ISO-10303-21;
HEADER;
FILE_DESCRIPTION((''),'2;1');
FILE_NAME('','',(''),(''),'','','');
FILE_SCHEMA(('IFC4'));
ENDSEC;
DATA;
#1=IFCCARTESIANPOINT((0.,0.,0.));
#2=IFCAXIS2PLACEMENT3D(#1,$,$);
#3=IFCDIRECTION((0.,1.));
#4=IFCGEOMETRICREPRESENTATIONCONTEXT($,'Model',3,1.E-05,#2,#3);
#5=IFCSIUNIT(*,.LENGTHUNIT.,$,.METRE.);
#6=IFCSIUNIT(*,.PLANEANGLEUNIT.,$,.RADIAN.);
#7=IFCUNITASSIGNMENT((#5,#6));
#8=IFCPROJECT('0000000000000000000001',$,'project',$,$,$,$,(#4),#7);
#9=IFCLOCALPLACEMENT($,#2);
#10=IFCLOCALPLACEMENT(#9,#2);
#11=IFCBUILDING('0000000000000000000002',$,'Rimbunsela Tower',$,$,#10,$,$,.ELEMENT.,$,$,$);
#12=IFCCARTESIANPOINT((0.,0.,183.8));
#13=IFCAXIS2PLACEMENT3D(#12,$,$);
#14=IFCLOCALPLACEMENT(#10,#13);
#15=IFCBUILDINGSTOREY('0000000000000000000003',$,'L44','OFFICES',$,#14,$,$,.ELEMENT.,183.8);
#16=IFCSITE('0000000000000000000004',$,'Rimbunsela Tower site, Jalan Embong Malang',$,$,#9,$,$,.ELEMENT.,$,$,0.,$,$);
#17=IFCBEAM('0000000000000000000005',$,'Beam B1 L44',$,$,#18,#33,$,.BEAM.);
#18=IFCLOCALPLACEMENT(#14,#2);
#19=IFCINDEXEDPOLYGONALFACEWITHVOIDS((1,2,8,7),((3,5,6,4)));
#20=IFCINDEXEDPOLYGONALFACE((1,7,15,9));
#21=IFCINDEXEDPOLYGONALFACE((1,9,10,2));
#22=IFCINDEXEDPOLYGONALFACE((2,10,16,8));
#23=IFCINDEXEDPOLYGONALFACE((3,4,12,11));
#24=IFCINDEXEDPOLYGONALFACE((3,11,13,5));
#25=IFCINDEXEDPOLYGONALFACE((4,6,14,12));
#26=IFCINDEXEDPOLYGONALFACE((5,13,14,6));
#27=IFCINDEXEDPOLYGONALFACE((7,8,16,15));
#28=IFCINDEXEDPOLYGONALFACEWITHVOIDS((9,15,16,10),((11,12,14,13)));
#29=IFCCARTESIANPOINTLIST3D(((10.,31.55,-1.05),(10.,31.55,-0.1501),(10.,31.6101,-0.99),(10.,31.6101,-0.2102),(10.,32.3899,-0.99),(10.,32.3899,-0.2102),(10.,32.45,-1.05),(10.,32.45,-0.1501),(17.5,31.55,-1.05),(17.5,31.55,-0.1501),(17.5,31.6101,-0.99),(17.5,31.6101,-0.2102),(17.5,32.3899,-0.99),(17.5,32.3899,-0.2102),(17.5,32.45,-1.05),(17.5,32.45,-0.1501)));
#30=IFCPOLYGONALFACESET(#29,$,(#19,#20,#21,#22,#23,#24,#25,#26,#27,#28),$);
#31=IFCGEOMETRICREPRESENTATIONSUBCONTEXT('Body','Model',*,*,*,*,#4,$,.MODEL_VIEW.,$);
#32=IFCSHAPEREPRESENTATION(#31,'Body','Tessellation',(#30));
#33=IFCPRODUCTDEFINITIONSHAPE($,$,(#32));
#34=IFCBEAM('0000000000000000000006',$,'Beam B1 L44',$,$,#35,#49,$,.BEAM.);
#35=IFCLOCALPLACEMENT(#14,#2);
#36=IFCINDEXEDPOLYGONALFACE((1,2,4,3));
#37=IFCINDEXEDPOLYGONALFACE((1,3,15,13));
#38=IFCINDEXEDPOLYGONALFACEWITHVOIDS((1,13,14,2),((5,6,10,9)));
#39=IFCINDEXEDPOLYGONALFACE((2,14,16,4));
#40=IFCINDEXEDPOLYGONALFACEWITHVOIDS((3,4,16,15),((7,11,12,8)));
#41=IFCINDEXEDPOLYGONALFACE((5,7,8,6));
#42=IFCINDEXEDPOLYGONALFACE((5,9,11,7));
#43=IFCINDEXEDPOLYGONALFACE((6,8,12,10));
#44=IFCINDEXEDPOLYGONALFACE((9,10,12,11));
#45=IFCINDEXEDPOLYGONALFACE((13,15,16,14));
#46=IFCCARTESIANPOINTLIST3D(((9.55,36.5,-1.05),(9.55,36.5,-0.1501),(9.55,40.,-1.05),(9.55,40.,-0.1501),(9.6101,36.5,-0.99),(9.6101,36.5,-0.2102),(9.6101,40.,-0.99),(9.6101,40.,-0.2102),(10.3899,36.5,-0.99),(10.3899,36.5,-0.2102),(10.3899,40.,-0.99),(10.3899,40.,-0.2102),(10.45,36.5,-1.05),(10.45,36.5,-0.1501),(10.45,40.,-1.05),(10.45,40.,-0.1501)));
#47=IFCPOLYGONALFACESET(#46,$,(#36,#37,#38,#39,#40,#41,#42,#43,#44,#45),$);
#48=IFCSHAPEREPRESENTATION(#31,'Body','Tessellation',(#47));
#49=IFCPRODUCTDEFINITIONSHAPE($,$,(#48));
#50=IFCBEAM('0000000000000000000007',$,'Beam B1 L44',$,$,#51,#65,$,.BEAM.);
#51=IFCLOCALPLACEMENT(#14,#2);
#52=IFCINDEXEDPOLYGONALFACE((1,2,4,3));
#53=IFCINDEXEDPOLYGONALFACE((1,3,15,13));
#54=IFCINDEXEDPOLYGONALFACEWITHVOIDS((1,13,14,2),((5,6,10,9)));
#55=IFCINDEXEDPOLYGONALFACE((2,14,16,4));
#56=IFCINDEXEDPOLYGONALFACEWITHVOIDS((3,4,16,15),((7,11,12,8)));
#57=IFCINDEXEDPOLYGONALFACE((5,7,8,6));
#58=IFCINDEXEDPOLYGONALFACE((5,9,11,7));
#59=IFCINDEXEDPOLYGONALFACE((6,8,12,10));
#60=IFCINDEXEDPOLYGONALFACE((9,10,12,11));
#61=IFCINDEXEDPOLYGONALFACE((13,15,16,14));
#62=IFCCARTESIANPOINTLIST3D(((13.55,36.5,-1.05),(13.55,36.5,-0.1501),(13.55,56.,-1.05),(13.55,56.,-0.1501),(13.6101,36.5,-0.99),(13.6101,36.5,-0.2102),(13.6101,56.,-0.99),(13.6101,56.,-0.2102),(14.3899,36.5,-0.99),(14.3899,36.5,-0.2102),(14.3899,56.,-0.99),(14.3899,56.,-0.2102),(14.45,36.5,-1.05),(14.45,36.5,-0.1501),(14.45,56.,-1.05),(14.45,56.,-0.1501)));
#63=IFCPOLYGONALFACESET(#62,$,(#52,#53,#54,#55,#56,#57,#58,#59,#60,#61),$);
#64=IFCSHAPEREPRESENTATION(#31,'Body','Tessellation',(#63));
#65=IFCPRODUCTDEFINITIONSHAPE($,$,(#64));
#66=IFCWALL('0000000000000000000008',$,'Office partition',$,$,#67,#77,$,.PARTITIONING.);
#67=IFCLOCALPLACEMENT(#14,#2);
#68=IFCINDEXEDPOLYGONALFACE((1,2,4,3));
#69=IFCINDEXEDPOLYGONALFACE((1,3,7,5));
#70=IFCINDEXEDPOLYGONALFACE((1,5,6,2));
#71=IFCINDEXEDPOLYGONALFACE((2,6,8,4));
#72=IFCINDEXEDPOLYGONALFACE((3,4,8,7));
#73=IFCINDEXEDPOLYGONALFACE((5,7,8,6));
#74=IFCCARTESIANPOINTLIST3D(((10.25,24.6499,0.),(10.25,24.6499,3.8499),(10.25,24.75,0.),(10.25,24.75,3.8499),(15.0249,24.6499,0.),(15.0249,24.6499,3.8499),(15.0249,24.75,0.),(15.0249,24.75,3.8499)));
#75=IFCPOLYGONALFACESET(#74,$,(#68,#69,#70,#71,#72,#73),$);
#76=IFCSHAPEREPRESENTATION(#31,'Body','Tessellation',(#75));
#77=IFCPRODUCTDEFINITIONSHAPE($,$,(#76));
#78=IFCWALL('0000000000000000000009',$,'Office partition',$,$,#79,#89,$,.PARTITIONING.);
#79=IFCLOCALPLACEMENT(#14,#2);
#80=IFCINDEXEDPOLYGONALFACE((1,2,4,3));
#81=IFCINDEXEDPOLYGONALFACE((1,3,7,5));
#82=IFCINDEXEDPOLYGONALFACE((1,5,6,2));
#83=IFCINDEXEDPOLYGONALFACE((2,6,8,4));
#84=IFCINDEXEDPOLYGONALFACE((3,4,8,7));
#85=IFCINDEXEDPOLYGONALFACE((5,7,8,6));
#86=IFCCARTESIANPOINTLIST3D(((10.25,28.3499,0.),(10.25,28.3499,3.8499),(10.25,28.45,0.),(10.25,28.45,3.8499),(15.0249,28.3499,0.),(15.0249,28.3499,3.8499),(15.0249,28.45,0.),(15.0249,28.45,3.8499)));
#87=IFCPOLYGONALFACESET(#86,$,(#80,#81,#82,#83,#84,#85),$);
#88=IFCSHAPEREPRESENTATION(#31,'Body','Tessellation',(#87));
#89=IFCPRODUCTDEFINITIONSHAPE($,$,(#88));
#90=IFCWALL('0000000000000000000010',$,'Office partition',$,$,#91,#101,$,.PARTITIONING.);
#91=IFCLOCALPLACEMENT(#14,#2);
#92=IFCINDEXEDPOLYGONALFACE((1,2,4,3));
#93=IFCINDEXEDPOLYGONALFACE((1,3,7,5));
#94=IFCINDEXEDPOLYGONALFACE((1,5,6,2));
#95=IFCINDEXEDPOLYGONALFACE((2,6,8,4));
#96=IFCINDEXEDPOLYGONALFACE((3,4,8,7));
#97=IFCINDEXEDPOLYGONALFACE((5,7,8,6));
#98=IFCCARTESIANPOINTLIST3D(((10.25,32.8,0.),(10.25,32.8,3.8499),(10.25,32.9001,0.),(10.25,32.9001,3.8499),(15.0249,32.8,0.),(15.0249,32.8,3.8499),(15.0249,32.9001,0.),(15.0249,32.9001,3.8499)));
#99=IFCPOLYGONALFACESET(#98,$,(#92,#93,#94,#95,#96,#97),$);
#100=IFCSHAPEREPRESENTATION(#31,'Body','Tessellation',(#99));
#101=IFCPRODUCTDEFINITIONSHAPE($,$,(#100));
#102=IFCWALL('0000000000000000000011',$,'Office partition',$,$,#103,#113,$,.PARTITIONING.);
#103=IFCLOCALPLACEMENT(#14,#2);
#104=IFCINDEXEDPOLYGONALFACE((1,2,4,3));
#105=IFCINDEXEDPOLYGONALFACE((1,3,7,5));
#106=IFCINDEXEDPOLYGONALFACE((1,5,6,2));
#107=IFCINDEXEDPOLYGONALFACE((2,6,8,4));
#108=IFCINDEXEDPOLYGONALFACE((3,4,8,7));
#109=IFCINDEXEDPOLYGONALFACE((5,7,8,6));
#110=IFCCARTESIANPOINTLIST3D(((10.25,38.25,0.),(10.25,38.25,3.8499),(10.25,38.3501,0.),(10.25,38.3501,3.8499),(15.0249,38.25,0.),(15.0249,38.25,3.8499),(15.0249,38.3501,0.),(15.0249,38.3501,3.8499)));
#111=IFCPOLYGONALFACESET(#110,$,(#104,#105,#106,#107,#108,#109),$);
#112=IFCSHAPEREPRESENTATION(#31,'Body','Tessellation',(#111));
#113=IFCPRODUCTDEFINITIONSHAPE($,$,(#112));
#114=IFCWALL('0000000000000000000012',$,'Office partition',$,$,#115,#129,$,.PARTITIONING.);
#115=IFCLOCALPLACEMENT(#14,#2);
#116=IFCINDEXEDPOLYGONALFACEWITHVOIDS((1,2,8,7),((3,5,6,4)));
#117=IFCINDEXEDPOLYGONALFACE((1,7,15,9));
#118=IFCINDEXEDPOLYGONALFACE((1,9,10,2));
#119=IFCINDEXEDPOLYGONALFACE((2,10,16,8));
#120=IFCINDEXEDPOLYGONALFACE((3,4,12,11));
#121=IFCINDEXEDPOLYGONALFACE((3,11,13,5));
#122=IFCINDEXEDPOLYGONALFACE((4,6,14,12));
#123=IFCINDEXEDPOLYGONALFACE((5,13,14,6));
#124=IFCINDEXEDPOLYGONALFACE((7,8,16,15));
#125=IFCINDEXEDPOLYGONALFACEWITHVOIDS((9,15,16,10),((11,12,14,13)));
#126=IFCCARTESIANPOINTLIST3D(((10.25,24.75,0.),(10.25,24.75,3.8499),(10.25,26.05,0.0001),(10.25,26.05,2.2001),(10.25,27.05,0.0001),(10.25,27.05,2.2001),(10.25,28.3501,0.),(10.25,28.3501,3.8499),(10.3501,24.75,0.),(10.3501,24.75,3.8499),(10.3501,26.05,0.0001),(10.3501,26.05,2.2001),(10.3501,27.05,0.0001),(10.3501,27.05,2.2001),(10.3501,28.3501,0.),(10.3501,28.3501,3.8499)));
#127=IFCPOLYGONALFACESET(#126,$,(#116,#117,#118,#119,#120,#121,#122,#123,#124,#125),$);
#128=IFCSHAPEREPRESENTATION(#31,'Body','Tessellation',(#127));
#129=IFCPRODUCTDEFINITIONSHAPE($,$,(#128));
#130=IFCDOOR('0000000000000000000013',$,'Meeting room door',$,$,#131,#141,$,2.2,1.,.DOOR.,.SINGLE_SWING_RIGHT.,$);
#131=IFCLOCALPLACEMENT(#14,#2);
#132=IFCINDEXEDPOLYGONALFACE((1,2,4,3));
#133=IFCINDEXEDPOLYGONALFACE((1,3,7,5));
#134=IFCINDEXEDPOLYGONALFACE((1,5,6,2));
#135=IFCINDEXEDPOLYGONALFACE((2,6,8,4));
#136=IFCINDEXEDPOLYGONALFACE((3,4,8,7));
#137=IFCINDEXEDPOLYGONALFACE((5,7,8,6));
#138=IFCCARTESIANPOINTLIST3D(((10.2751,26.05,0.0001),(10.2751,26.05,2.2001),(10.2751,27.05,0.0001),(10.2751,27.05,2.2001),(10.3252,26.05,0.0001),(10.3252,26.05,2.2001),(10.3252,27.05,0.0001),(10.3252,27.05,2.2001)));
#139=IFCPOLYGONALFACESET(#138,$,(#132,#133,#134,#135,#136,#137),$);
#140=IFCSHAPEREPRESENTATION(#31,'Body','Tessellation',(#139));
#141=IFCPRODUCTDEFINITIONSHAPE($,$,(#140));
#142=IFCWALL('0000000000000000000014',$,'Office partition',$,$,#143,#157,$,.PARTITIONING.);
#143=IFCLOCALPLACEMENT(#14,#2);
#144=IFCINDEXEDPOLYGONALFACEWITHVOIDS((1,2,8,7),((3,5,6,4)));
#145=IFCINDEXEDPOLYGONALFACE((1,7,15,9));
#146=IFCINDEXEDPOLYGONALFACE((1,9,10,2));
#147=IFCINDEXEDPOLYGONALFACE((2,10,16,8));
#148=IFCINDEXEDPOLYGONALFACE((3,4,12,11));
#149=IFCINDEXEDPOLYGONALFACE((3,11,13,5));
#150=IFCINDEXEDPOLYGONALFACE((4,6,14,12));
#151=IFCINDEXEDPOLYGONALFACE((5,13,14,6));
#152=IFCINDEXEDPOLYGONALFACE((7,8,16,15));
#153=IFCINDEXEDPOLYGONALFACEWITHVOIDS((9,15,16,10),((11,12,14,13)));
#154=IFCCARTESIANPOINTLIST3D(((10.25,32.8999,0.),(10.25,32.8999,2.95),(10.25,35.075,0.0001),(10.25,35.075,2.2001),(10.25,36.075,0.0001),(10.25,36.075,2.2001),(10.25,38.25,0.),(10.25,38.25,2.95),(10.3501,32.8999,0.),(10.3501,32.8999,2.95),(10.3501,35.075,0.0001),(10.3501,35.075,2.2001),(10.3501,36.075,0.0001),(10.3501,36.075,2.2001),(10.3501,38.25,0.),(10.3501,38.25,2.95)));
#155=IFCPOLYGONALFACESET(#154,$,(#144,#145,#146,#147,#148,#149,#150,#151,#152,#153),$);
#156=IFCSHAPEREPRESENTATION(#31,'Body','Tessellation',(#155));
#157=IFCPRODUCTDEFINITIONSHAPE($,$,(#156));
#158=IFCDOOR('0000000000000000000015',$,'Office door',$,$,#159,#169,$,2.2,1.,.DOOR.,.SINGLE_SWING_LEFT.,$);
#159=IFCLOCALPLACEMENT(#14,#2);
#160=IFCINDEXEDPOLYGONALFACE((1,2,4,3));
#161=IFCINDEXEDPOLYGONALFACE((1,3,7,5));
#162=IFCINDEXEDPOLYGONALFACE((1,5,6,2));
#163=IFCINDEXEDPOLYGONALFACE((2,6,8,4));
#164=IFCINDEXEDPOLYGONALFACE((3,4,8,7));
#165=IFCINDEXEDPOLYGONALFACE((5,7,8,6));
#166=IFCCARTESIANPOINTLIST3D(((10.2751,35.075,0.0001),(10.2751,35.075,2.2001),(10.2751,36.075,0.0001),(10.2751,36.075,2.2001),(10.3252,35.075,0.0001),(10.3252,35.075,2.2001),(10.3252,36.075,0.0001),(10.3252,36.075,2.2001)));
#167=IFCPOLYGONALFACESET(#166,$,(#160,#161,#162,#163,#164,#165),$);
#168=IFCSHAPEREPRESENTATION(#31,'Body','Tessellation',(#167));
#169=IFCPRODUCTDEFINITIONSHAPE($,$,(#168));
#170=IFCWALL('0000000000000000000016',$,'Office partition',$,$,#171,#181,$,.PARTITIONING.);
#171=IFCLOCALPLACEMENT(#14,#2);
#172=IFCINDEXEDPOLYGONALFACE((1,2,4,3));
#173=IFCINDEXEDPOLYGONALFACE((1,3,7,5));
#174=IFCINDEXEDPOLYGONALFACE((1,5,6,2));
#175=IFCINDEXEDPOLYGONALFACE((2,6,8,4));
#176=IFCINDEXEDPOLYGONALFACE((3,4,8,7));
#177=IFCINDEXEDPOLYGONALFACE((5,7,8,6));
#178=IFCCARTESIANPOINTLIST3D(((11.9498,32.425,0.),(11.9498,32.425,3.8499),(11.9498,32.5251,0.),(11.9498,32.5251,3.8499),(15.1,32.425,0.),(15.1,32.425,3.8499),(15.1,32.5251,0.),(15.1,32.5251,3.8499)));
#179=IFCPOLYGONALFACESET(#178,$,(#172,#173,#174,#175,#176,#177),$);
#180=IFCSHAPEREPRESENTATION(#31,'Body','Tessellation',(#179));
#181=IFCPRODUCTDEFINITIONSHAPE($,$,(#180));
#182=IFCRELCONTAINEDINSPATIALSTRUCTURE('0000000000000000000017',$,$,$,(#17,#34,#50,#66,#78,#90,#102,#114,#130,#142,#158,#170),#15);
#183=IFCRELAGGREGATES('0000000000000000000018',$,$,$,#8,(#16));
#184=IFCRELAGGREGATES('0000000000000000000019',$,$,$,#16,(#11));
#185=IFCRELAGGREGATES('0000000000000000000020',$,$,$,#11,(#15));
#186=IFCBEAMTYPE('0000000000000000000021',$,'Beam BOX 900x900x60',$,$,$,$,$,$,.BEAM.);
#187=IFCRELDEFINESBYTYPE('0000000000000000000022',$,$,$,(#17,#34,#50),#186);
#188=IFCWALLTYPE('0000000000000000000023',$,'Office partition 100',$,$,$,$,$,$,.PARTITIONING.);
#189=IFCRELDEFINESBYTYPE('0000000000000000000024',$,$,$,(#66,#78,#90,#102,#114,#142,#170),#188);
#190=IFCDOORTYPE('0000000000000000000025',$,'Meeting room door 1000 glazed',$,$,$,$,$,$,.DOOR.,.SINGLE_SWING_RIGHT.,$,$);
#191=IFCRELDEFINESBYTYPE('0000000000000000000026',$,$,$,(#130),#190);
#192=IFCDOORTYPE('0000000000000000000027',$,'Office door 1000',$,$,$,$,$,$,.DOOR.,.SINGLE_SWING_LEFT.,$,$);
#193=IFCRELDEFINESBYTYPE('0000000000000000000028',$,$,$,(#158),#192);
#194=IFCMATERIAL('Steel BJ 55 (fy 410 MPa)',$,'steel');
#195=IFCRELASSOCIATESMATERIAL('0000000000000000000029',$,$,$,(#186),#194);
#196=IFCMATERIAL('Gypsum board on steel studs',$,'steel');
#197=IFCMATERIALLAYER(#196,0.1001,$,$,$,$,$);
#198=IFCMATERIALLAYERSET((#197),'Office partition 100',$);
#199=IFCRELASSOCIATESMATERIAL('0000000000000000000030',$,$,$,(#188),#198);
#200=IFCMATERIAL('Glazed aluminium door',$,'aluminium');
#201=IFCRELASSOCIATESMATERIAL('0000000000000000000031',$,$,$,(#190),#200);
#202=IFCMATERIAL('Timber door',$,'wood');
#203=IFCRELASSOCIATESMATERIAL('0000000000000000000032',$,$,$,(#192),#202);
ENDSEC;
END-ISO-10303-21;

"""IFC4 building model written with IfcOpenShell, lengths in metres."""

from ifc_helpers import new_model, si_unit, direction, frame, frame_2d, origin, origin_2d, place, context, subcontext, project, spatial, rectangle, hollow_rectangle, extrude, material, layer, layer_set, material_profile, profile_set, type_object, element, fill, save


model = new_model("IFC4")

# Units and contexts
model_context = context("Model", 3, precision=1e-05, world=origin(), true_north=direction((0.0, 1.0)))
body_context = subcontext(model_context, "Body", "Model", "MODEL_VIEW")
ifc_project = project(units=[si_unit("LENGTHUNIT", "METRE"), si_unit("PLANEANGLEUNIT", "RADIAN")], contexts=[model_context])

# Site, building, storey
site_placement = place(None, origin())
site = spatial("IfcSite", under=ifc_project, at=site_placement, Name="Rimbunsela Tower site, Jalan Embong Malang", CompositionType="ELEMENT", RefElevation=0.0)
building_placement = place(site_placement, origin())
building = spatial("IfcBuilding", under=site, at=building_placement, Name="Rimbunsela Tower", CompositionType="ELEMENT")
storey_placement = place(building_placement, frame((0.0, 0.0, 183.8)))
storey = spatial("IfcBuildingStorey", under=building, at=storey_placement, Name="L44", Description="OFFICES", CompositionType="ELEMENT", Elevation=183.8)

# Beams
ifc_material_1 = material(Name="Steel BJ 55 (fy 410 MPa)", Category="steel")
ifc_material_profile = material_profile(ifc_material_1, hollow_rectangle(XDim=0.8999, YDim=0.8999, WallThickness=0.0601, at=origin_2d()), Name="BOX 900x900x60")
ifc_profile_set = profile_set([ifc_material_profile], Name="Steel BJ 55 (fy 410 MPa)")
beam_type = type_object("IfcBeamType", Name="Beam BOX 900x900x60", PredefinedType="BEAM", material=ifc_profile_set)
beam_1_placement = place(storey_placement, frame((10.0, 32.0, -0.6001), z_axis=(1.0, 0.0, 0.0), x_axis=(0.0, 1.0, 0.0)))
element("IfcBeam", 1, at=beam_1_placement, inside=storey, type_object=beam_type, Name="Beam B1 L44", PredefinedType="BEAM", context=body_context, shape_type="SweptSolid", body=[
    extrude(hollow_rectangle(XDim=0.8999, YDim=0.8999, WallThickness=0.0601, at=origin_2d()), origin(), (0.0, 0.0, 1.0), 7.5),
])
beam_2_placement = place(storey_placement, frame((10.0, 36.5, -0.6001), z_axis=(0.0, 1.0, 0.0), x_axis=(-1.0, 0.0, 0.0)))
element("IfcBeam", 2, at=beam_2_placement, inside=storey, type_object=beam_type, Name="Beam B1 L44", PredefinedType="BEAM", context=body_context, shape_type="SweptSolid", body=[
    extrude(hollow_rectangle(XDim=0.8999, YDim=0.8999, WallThickness=0.0601, at=origin_2d()), origin(), (0.0, 0.0, 1.0), 3.5),
])
beam_3_placement = place(storey_placement, frame((14.0, 36.5, -0.6001), z_axis=(0.0, 1.0, 0.0), x_axis=(-1.0, 0.0, 0.0)))
element("IfcBeam", 3, at=beam_3_placement, inside=storey, type_object=beam_type, Name="Beam B1 L44", PredefinedType="BEAM", context=body_context, shape_type="SweptSolid", body=[
    extrude(hollow_rectangle(XDim=0.8999, YDim=0.8999, WallThickness=0.0601, at=origin_2d()), origin(), (0.0, 0.0, 1.0), 19.5),
])

# Walls
ifc_material_2 = material(Name="Gypsum board on steel studs", Category="steel")
ifc_layer = layer(ifc_material_2, 0.1001)
ifc_layer_set = layer_set([ifc_layer], Name="Office partition 100")
wall_type = type_object("IfcWallType", Name="Office partition 100", PredefinedType="PARTITIONING", material=ifc_layer_set)
for number, where, z_axis, x_axis, name in (
    (4, (10.25, 24.7, 0.0), (0.0, 0.0, 1.0), (1.0, 0.0, 0.0), "Office partition"),
    (5, (10.25, 28.3999, 0.0), (0.0, 0.0, 1.0), (1.0, 0.0, 0.0), "Office partition"),
    (6, (10.25, 32.8501, 0.0), (0.0, 0.0, 1.0), (1.0, 0.0, 0.0), "Office partition"),
    (7, (10.25, 38.3, 0.0), (0.0, 0.0, 1.0), (1.0, 0.0, 0.0), "Office partition"),
):
    element("IfcWall", number, at=place(storey_placement, frame(where, z_axis=z_axis, x_axis=x_axis)), inside=storey, type_object=wall_type, Name=name, PredefinedType="PARTITIONING", context=body_context, shape_type="SweptSolid", body=[
        extrude(rectangle(XDim=4.7749, YDim=0.1001, at=frame_2d((2.3875, 0.0))), origin(), (0.0, 0.0, 1.0), 3.8499),
    ])

# Walls, openings, doors
wall_1_placement = place(storey_placement, frame((10.3, 24.75, 0.0), z_axis=(0.0, 0.0, 1.0), x_axis=(0.0, 1.0, 0.0)))
wall_1 = element("IfcWall", 8, at=wall_1_placement, inside=storey, type_object=wall_type, Name="Office partition", PredefinedType="PARTITIONING", context=body_context, shape_type="SweptSolid", body=[
    extrude(rectangle(XDim=3.6001, YDim=0.1001, at=frame_2d((1.8, 0.0))), origin(), (0.0, 0.0, 1.0), 3.8499),
])
opening_1_placement = place(wall_1_placement, frame((1.3, 0.0, 0.0)))
opening_1 = element("IfcOpeningElement", 9, at=opening_1_placement, cuts=wall_1, PredefinedType="OPENING", context=body_context, shape_type="SweptSolid", body=[
    extrude(rectangle(XDim=1.0, YDim=2.2, at=frame_2d((0.5, 1.1001))), frame((0.0, 0.0601, 0.0), z_axis=(0.0, -1.0, 0.0), x_axis=(1.0, 0.0, 0.0)), (0.0, 0.0, 1.0), 0.1201),
])
ifc_material_3 = material(Name="Glazed aluminium door", Category="aluminium")
door_type_1 = type_object("IfcDoorType", Name="Meeting room door 1000 glazed", OperationType="SINGLE_SWING_RIGHT", PredefinedType="DOOR", material=ifc_material_3)
door_1_placement = place(opening_1_placement, origin())
door_1 = element("IfcDoor", 10, at=door_1_placement, inside=storey, type_object=door_type_1, Name="Meeting room door", OperationType="SINGLE_SWING_RIGHT", OverallHeight=2.2, OverallWidth=1.0, PredefinedType="DOOR", context=body_context, shape_type="SweptSolid", body=[
    extrude(rectangle(XDim=1.0, YDim=2.2, at=frame_2d((0.5, 1.1001))), frame((0.0, 0.0249, 0.0), z_axis=(0.0, -1.0, 0.0), x_axis=(1.0, 0.0, 0.0)), (0.0, 0.0, 1.0), 0.05),
])
fill(opening_1, door_1)
wall_2_placement = place(storey_placement, frame((10.3, 32.8999, 0.0), z_axis=(0.0, 0.0, 1.0), x_axis=(0.0, 1.0, 0.0)))
wall_2 = element("IfcWall", 11, at=wall_2_placement, inside=storey, type_object=wall_type, Name="Office partition", PredefinedType="PARTITIONING", context=body_context, shape_type="SweptSolid", body=[
    extrude(rectangle(XDim=5.3501, YDim=0.1001, at=frame_2d((2.675, 0.0))), origin(), (0.0, 0.0, 1.0), 2.95),
])
opening_2_placement = place(wall_2_placement, frame((2.175, 0.0, 0.0)))
opening_2 = element("IfcOpeningElement", 12, at=opening_2_placement, cuts=wall_2, PredefinedType="OPENING", context=body_context, shape_type="SweptSolid", body=[
    extrude(rectangle(XDim=1.0, YDim=2.2, at=frame_2d((0.5, 1.1001))), frame((0.0, 0.0601, 0.0), z_axis=(0.0, -1.0, 0.0), x_axis=(1.0, 0.0, 0.0)), (0.0, 0.0, 1.0), 0.1201),
])
ifc_material_4 = material(Name="Timber door", Category="wood")
door_type_2 = type_object("IfcDoorType", Name="Office door 1000", OperationType="SINGLE_SWING_LEFT", PredefinedType="DOOR", material=ifc_material_4)
door_2_placement = place(opening_2_placement, origin())
door_2 = element("IfcDoor", 13, at=door_2_placement, inside=storey, type_object=door_type_2, Name="Office door", OperationType="SINGLE_SWING_LEFT", OverallHeight=2.2, OverallWidth=1.0, PredefinedType="DOOR", context=body_context, shape_type="SweptSolid", body=[
    extrude(rectangle(XDim=1.0, YDim=2.2, at=frame_2d((0.5, 1.1001))), frame((0.0, 0.0249, 0.0), z_axis=(0.0, -1.0, 0.0), x_axis=(1.0, 0.0, 0.0)), (0.0, 0.0, 1.0), 0.05),
])
fill(opening_2, door_2)

# Wall
wall_3_placement = place(storey_placement, frame((15.1001, 32.4751, 0.0), z_axis=(0.0, 0.0, 1.0), x_axis=(-1.0, 0.0, 0.0)))
element("IfcWall", 14, at=wall_3_placement, inside=storey, type_object=wall_type, Name="Office partition", PredefinedType="PARTITIONING", context=body_context, shape_type="SweptSolid", body=[
    extrude(rectangle(XDim=3.1501, YDim=0.1001, at=frame_2d((1.5752, 0.0))), origin(), (0.0, 0.0, 1.0), 3.8499),
])

save(model, "model.ifc")
